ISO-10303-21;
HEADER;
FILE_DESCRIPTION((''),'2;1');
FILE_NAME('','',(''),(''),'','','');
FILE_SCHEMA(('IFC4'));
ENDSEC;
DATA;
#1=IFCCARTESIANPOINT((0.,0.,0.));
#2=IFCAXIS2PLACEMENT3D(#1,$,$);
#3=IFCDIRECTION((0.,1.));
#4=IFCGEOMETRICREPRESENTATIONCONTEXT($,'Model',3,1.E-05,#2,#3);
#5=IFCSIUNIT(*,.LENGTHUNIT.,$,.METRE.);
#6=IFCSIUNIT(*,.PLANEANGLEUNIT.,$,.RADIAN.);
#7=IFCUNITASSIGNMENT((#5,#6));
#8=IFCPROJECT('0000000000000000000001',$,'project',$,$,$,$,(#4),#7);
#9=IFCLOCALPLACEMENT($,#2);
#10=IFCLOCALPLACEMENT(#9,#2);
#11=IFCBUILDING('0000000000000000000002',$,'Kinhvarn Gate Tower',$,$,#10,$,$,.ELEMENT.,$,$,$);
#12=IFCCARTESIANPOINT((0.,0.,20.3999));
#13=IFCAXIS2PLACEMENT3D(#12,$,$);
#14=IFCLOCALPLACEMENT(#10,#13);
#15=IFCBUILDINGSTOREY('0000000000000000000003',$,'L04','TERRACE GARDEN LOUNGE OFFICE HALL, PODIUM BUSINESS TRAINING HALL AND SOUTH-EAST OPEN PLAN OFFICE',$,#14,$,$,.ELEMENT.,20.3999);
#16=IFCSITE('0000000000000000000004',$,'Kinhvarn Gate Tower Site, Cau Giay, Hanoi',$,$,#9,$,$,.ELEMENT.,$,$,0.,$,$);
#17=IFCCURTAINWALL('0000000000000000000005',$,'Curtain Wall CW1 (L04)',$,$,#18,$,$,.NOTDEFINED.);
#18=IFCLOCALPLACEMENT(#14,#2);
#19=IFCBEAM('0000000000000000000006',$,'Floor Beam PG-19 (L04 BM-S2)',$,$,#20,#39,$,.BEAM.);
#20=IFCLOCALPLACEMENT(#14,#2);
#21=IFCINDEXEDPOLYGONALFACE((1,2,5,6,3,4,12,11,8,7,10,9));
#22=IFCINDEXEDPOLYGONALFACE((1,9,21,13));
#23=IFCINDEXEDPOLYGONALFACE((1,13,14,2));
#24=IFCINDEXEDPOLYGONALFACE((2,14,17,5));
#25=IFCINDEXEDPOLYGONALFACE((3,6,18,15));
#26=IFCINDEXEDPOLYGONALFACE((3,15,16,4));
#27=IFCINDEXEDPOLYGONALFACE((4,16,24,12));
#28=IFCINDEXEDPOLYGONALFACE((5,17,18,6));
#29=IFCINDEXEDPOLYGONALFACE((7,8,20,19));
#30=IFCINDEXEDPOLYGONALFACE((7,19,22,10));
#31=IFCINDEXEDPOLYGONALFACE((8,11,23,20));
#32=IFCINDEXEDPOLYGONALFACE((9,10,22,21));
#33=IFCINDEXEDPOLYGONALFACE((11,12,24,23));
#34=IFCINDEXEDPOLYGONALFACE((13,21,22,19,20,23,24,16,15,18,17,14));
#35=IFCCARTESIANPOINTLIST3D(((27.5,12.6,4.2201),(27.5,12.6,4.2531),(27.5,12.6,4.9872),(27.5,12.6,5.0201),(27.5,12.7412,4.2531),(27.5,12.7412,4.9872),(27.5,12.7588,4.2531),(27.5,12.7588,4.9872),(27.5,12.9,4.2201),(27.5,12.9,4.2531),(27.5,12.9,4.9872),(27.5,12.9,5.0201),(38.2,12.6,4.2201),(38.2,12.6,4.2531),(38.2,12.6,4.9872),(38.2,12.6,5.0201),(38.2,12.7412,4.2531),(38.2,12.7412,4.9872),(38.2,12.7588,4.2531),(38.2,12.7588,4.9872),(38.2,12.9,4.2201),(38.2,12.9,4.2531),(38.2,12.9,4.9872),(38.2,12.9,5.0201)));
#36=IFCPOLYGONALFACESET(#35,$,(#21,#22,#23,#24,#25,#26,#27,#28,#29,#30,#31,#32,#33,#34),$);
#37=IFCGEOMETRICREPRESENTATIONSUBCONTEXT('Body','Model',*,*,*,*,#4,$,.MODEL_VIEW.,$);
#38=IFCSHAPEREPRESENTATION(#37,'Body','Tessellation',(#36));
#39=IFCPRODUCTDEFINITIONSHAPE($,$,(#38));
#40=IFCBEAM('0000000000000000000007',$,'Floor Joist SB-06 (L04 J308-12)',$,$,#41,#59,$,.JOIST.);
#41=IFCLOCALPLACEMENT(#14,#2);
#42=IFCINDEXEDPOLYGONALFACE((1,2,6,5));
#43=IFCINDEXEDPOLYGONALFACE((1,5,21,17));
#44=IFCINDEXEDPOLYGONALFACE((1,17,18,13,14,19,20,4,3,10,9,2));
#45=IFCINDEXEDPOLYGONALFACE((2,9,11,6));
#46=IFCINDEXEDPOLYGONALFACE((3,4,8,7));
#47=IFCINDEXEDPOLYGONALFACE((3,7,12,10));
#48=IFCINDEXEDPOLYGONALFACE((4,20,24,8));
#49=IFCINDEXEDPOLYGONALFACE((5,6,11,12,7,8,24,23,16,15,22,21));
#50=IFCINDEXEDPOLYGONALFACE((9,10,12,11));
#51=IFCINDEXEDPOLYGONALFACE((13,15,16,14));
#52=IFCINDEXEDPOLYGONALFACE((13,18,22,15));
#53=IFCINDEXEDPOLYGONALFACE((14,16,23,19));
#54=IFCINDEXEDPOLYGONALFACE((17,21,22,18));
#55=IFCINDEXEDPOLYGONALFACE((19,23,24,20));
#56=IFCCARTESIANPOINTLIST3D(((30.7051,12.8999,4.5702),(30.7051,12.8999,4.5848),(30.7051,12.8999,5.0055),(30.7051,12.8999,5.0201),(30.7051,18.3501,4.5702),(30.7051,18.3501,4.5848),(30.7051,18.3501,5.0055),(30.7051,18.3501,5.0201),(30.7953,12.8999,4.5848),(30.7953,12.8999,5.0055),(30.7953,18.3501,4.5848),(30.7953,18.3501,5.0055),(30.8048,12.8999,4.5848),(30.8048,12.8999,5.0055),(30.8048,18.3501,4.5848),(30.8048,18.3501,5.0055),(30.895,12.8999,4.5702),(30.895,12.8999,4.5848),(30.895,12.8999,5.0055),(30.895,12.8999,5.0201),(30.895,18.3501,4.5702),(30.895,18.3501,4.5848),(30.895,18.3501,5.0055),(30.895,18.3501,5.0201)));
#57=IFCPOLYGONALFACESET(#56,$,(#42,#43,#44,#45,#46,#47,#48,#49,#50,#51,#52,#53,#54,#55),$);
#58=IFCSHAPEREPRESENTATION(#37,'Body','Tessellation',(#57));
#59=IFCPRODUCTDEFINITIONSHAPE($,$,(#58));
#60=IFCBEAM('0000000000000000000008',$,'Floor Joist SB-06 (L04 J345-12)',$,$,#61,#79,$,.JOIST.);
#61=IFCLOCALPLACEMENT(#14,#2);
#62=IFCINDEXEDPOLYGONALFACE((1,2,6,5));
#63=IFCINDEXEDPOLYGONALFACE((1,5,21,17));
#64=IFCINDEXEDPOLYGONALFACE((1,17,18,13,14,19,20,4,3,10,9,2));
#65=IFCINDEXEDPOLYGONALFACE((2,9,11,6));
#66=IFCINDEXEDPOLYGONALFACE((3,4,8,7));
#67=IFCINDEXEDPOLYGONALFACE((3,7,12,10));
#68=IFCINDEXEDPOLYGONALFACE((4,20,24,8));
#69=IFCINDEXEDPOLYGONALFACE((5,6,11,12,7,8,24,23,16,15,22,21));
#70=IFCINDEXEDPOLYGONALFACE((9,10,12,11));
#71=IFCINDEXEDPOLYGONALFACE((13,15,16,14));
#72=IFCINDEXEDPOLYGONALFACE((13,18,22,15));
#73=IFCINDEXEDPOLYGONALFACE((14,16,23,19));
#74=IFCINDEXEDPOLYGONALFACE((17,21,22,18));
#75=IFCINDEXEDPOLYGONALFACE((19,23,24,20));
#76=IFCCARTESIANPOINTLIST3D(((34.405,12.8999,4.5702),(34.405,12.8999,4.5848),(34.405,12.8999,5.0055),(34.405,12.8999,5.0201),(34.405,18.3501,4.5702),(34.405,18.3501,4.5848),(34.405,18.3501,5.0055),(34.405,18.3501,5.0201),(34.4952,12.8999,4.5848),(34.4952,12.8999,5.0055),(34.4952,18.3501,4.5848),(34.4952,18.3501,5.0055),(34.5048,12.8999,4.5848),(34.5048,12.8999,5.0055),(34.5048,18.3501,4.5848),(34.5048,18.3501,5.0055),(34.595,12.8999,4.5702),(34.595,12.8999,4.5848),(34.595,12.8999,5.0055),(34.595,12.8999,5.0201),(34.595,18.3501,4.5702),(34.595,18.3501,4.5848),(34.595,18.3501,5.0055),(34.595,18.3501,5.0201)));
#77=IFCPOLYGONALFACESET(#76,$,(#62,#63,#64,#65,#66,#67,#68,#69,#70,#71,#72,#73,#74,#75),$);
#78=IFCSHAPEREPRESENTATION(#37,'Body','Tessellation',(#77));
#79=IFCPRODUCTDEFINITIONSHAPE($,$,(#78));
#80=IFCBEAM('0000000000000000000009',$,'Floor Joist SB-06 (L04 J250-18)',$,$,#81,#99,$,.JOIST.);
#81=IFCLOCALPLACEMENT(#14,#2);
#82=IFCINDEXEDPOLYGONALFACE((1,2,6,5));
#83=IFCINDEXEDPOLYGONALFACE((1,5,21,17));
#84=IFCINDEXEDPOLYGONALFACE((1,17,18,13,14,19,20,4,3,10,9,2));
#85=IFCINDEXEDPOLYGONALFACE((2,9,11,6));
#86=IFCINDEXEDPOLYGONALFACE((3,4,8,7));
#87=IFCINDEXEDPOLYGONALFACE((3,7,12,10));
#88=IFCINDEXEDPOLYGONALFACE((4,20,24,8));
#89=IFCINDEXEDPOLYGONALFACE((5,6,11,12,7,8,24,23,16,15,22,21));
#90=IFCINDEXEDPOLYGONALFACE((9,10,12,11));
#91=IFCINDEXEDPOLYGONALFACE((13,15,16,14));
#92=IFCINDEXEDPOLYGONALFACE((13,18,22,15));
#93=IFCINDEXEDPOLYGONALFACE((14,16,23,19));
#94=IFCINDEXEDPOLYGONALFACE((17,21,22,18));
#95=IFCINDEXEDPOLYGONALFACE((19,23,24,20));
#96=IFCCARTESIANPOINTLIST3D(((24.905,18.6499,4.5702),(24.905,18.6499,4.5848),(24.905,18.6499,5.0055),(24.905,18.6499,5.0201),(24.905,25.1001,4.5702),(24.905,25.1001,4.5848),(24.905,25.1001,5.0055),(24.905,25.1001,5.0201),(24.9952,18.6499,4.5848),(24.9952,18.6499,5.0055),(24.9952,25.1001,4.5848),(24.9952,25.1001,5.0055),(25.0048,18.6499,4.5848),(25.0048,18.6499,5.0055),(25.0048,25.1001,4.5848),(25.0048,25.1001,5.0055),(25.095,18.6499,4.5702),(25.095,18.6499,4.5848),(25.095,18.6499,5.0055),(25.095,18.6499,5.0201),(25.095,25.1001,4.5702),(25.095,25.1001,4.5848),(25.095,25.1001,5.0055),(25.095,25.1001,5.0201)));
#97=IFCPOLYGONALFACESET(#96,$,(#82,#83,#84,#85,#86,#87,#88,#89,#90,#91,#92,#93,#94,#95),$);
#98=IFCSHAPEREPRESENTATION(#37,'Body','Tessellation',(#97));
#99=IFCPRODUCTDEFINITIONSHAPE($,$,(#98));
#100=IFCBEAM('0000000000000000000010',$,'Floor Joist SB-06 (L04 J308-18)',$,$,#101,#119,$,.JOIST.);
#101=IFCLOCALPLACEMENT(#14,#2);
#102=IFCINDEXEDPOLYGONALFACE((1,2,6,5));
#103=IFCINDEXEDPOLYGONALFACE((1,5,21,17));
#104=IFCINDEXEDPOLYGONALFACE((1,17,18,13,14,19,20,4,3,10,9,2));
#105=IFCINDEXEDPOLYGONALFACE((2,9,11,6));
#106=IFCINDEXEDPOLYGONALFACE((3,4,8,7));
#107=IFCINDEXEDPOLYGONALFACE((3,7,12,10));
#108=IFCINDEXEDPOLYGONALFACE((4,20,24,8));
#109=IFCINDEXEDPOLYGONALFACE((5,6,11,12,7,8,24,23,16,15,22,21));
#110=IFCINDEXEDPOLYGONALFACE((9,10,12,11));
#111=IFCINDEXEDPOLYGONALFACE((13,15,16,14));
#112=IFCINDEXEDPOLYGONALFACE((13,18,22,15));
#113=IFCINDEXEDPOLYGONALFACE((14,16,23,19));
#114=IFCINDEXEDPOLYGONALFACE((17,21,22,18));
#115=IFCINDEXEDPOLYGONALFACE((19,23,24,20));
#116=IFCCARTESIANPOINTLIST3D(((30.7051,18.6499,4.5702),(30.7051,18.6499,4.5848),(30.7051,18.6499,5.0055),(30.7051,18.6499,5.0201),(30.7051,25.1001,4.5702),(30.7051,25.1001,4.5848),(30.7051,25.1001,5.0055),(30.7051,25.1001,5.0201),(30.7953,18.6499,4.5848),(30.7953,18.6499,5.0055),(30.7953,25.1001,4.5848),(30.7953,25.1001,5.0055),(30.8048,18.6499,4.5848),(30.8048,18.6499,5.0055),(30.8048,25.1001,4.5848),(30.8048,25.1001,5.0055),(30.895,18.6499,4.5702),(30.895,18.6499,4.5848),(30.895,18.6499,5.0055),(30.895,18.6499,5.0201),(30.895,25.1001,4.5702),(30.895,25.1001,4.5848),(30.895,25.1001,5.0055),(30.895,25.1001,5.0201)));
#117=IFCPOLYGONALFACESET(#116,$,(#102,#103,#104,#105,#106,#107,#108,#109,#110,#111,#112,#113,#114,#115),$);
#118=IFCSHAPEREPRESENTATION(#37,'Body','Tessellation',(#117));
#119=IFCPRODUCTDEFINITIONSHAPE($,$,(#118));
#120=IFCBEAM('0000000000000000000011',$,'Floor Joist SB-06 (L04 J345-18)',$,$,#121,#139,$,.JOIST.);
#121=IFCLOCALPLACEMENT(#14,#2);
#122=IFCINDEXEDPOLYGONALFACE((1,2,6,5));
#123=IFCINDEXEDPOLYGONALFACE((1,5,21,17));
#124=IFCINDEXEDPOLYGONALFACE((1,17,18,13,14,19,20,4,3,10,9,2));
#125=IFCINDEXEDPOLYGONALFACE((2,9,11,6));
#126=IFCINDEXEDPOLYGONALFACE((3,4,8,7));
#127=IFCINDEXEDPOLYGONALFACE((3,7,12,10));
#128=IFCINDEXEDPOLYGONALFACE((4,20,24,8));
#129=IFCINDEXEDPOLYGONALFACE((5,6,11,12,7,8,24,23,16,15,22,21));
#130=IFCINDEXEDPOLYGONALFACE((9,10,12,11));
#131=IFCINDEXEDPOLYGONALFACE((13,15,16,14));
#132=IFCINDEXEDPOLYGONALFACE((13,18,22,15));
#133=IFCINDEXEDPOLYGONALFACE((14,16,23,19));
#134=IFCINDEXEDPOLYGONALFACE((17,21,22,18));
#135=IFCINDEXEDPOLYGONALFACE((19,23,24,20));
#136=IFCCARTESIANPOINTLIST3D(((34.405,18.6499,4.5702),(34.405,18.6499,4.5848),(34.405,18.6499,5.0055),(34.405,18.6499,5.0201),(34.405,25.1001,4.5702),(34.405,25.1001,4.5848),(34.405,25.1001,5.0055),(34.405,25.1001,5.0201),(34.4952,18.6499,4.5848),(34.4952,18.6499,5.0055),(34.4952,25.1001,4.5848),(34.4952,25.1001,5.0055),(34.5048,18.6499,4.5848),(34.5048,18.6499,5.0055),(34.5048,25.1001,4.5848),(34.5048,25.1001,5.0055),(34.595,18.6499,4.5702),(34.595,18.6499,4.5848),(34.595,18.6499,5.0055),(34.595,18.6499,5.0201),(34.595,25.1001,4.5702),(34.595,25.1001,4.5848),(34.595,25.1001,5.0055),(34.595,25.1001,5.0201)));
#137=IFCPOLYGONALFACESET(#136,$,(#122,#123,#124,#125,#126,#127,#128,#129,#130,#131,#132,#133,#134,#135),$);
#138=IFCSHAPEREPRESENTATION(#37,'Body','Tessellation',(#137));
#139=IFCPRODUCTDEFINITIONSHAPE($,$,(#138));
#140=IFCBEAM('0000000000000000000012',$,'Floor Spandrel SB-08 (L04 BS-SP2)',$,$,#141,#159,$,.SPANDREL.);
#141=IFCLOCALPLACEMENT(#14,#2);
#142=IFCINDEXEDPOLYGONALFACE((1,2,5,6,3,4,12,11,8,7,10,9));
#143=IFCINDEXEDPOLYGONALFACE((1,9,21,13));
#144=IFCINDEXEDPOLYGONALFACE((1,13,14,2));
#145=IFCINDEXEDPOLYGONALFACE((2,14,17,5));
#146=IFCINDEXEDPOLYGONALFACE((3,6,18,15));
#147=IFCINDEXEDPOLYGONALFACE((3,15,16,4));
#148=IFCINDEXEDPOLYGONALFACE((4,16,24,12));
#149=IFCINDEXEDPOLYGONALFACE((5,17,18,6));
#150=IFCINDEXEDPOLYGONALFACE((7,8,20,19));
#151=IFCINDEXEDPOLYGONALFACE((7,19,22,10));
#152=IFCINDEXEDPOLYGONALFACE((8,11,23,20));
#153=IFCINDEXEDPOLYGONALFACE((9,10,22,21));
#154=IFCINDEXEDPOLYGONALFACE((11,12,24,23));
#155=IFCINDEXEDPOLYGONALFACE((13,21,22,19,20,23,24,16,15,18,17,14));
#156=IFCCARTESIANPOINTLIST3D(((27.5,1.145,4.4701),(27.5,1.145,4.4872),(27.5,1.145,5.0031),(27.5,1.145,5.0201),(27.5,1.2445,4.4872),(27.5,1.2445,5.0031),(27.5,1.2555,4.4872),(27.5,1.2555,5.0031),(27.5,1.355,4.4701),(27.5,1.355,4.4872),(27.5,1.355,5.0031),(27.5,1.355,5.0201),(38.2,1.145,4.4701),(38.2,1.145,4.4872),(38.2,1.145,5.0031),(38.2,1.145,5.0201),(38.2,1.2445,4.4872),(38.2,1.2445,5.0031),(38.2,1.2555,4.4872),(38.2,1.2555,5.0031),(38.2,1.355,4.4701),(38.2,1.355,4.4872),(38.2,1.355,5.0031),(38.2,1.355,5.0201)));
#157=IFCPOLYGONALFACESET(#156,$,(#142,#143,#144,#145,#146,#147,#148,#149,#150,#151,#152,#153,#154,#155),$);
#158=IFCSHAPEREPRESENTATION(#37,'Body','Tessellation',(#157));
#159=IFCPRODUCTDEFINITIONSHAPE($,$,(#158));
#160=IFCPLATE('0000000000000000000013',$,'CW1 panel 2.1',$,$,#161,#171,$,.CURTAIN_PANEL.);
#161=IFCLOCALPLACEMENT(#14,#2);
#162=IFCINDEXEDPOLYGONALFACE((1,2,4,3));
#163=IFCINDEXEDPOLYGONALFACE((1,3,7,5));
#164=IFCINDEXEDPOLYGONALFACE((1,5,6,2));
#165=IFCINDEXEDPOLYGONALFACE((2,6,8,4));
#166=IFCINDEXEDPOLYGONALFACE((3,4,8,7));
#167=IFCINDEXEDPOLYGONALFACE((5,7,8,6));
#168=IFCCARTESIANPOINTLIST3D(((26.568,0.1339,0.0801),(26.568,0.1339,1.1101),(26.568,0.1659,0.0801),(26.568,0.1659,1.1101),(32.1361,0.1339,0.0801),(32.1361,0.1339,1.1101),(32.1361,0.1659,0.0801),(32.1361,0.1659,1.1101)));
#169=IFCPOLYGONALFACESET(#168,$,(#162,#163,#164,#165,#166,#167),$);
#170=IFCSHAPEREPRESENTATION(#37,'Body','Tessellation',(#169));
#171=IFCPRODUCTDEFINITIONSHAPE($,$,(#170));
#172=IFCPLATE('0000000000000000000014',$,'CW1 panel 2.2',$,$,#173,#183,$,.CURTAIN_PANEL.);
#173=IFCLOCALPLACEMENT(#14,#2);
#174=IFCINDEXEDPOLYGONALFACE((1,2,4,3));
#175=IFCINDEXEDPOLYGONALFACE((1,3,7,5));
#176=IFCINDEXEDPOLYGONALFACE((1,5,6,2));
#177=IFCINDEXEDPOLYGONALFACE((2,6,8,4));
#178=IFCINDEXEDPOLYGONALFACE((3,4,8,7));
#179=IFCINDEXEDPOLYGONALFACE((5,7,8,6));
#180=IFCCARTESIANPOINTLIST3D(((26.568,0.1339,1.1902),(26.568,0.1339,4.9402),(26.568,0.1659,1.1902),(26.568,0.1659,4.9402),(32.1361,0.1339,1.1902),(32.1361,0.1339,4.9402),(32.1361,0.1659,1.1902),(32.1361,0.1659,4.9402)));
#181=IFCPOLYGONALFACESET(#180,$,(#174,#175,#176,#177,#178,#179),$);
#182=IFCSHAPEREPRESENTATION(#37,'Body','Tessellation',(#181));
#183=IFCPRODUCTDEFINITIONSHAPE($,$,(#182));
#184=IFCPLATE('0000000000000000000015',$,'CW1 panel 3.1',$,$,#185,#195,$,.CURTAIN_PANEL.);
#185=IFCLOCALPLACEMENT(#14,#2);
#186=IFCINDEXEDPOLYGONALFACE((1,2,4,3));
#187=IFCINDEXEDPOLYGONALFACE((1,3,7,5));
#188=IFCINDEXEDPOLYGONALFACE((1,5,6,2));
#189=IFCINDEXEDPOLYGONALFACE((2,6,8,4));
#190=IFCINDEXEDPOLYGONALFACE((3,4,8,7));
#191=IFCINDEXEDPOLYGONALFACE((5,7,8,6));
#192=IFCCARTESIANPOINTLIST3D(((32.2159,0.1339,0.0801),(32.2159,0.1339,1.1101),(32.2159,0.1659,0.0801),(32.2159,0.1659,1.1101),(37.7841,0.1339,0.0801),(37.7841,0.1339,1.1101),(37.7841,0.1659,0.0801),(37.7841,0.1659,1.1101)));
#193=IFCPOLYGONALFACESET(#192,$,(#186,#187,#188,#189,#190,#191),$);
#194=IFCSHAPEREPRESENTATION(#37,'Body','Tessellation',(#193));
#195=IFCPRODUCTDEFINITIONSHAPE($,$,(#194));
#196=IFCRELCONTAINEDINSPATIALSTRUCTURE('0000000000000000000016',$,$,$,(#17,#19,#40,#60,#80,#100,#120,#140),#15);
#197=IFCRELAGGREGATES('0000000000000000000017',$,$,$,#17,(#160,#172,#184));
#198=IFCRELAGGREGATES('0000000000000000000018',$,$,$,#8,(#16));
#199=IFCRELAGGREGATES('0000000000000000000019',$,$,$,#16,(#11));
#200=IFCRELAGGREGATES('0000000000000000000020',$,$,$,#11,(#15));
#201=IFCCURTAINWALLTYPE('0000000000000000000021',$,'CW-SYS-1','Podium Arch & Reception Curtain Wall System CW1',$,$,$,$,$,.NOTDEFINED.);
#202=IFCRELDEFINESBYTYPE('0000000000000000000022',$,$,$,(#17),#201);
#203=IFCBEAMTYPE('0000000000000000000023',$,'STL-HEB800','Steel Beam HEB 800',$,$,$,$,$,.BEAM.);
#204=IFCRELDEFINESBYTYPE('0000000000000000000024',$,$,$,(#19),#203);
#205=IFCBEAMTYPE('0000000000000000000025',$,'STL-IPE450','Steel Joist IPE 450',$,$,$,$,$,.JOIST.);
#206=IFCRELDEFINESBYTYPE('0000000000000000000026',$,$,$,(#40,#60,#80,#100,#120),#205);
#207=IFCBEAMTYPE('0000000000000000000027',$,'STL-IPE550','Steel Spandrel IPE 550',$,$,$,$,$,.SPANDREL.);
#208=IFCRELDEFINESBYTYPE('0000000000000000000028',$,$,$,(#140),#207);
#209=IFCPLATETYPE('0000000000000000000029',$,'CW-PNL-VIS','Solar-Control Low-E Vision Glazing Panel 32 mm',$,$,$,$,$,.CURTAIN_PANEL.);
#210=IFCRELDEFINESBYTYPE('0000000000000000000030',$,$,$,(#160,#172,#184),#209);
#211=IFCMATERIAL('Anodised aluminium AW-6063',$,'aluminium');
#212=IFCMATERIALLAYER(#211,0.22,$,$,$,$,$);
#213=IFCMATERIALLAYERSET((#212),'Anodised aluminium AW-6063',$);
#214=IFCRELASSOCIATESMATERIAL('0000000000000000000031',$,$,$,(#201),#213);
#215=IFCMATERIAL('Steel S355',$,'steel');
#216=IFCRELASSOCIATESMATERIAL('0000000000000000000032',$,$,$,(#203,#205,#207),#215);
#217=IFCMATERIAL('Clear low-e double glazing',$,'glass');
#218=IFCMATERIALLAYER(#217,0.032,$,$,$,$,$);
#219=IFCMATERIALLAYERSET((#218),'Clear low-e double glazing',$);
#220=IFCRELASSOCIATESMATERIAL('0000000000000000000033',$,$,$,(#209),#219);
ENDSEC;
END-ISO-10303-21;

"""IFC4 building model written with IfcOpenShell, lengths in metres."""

from ifc_helpers import new_model, si_unit, direction, frame, origin, origin_2d, place, context, subcontext, project, spatial, rectangle, i_section, extrude, material, layer, layer_set, material_profile, profile_set, type_object, element, aggregate, save


model = new_model("IFC4")

# Units and contexts
model_context = context("Model", 3, precision=1e-05, world=origin(), true_north=direction((0.0, 1.0)))
body_context = subcontext(model_context, "Body", "Model", "MODEL_VIEW")
ifc_project = project(units=[si_unit("LENGTHUNIT", "METRE"), si_unit("PLANEANGLEUNIT", "RADIAN")], contexts=[model_context])

# Site, building, storey
site_placement = place(None, origin())
site = spatial("IfcSite", under=ifc_project, at=site_placement, Name="Kinhvarn Gate Tower Site, Cau Giay, Hanoi", CompositionType="ELEMENT", RefElevation=0.0)
building_placement = place(site_placement, origin())
building = spatial("IfcBuilding", under=site, at=building_placement, Name="Kinhvarn Gate Tower", CompositionType="ELEMENT")
storey_placement = place(building_placement, frame((0.0, 0.0, 20.3999)))
storey = spatial("IfcBuildingStorey", under=building, at=storey_placement, Name="L04", Description="TERRACE GARDEN LOUNGE OFFICE HALL, PODIUM BUSINESS TRAINING HALL AND SOUTH-EAST OPEN PLAN OFFICE", CompositionType="ELEMENT", Elevation=20.3999)

# Curtain wall
ifc_material_1 = material(Name="Anodised aluminium AW-6063", Category="aluminium")
ifc_layer_1 = layer(ifc_material_1, 0.22)
ifc_layer_set_1 = layer_set([ifc_layer_1], Name="Anodised aluminium AW-6063")
curtain_wall_type = type_object("IfcCurtainWallType", Name="CW-SYS-1", Description="Podium Arch & Reception Curtain Wall System CW1", PredefinedType="NOTDEFINED", material=ifc_layer_set_1)
curtain_wall_placement = place(storey_placement, origin())
curtain_wall = element("IfcCurtainWall", 1, at=curtain_wall_placement, inside=storey, type_object=curtain_wall_type, Name="Curtain Wall CW1 (L04)", PredefinedType="NOTDEFINED")

# Beams
ifc_material_2 = material(Name="Steel S355", Category="steel")
ifc_material_profile_1 = material_profile(ifc_material_2, i_section(OverallWidth=0.3, OverallDepth=0.8, WebThickness=0.0176, FlangeThickness=0.033, at=origin_2d()), Name="HEB 800")
ifc_profile_set_1 = profile_set([ifc_material_profile_1], Name="Steel S355")
beam_type_1 = type_object("IfcBeamType", Name="STL-HEB800", Description="Steel Beam HEB 800", PredefinedType="BEAM", material=ifc_profile_set_1)
beam_1_placement = place(storey_placement, frame((27.5, 12.75, 4.6201), z_axis=(1.0, 0.0, 0.0), x_axis=(0.0, 1.0, 0.0)))
element("IfcBeam", 2, at=beam_1_placement, inside=storey, type_object=beam_type_1, Name="Floor Beam PG-19 (L04 BM-S2)", PredefinedType="BEAM", context=body_context, shape_type="SweptSolid", body=[
    extrude(i_section(OverallWidth=0.3, OverallDepth=0.8, WebThickness=0.0176, FlangeThickness=0.033, at=origin_2d()), origin(), (0.0, 0.0, 1.0), 10.7),
])
ifc_material_profile_2 = material_profile(ifc_material_2, i_section(OverallWidth=0.1899, OverallDepth=0.45, WebThickness=0.0095, FlangeThickness=0.0146, at=origin_2d()), Name="IPE 450")
ifc_profile_set_2 = profile_set([ifc_material_profile_2], Name="Steel S355")
beam_type_2 = type_object("IfcBeamType", Name="STL-IPE450", Description="Steel Joist IPE 450", PredefinedType="JOIST", material=ifc_profile_set_2)
for number, where, z_axis, x_axis, name in (
    (3, (30.8, 12.8999, 4.7952), (0.0, 1.0, 0.0), (-1.0, 0.0, 0.0), "Floor Joist SB-06 (L04 J308-12)"),
    (4, (34.5, 12.8999, 4.7952), (0.0, 1.0, 0.0), (-1.0, 0.0, 0.0), "Floor Joist SB-06 (L04 J345-12)"),
):
    element("IfcBeam", number, at=place(storey_placement, frame(where, z_axis=z_axis, x_axis=x_axis)), inside=storey, type_object=beam_type_2, Name=name, PredefinedType="JOIST", context=body_context, shape_type="SweptSolid", body=[
        extrude(i_section(OverallWidth=0.1899, OverallDepth=0.45, WebThickness=0.0095, FlangeThickness=0.0146, at=origin_2d()), origin(), (0.0, 0.0, 1.0), 5.4502),
    ])
for number, where, z_axis, x_axis, name in (
    (5, (25.0, 18.6499, 4.7952), (0.0, 1.0, 0.0), (-1.0, 0.0, 0.0), "Floor Joist SB-06 (L04 J250-18)"),
    (6, (30.8, 18.6499, 4.7952), (0.0, 1.0, 0.0), (-1.0, 0.0, 0.0), "Floor Joist SB-06 (L04 J308-18)"),
    (7, (34.5, 18.6499, 4.7952), (0.0, 1.0, 0.0), (-1.0, 0.0, 0.0), "Floor Joist SB-06 (L04 J345-18)"),
):
    element("IfcBeam", number, at=place(storey_placement, frame(where, z_axis=z_axis, x_axis=x_axis)), inside=storey, type_object=beam_type_2, Name=name, PredefinedType="JOIST", context=body_context, shape_type="SweptSolid", body=[
        extrude(i_section(OverallWidth=0.1899, OverallDepth=0.45, WebThickness=0.0095, FlangeThickness=0.0146, at=origin_2d()), origin(), (0.0, 0.0, 1.0), 6.4502),
    ])
ifc_material_profile_3 = material_profile(ifc_material_2, i_section(OverallWidth=0.21, OverallDepth=0.55, WebThickness=0.011, FlangeThickness=0.0171, at=origin_2d()), Name="IPE 550")
ifc_profile_set_3 = profile_set([ifc_material_profile_3], Name="Steel S355")
beam_type_3 = type_object("IfcBeamType", Name="STL-IPE550", Description="Steel Spandrel IPE 550", PredefinedType="SPANDREL", material=ifc_profile_set_3)
beam_2_placement = place(storey_placement, frame((27.5, 1.25, 4.7451), z_axis=(1.0, 0.0, 0.0), x_axis=(0.0, 1.0, 0.0)))
element("IfcBeam", 8, at=beam_2_placement, inside=storey, type_object=beam_type_3, Name="Floor Spandrel SB-08 (L04 BS-SP2)", PredefinedType="SPANDREL", context=body_context, shape_type="SweptSolid", body=[
    extrude(i_section(OverallWidth=0.21, OverallDepth=0.55, WebThickness=0.011, FlangeThickness=0.0171, at=origin_2d()), origin(), (0.0, 0.0, 1.0), 10.7),
])

# Plates
ifc_material_3 = material(Name="Clear low-e double glazing", Category="glass")
ifc_layer_2 = layer(ifc_material_3, 0.032)
ifc_layer_set_2 = layer_set([ifc_layer_2], Name="Clear low-e double glazing")
plate_type = type_object("IfcPlateType", Name="CW-PNL-VIS", Description="Solar-Control Low-E Vision Glazing Panel 32 mm", PredefinedType="CURTAIN_PANEL", material=ifc_layer_set_2)
plate_1_placement = place(storey_placement, frame((29.3521, 0.1499, 0.0801), z_axis=(0.0, 0.0, 1.0), x_axis=(1.0, 0.0, 0.0)))
plate_1 = element("IfcPlate", 9, at=plate_1_placement, type_object=plate_type, Name="CW1 panel 2.1", PredefinedType="CURTAIN_PANEL", context=body_context, shape_type="SweptSolid", body=[
    extrude(rectangle(XDim=5.5681, YDim=0.032, at=origin_2d()), origin(), (0.0, 0.0, 1.0), 1.03),
])
plate_2_placement = place(storey_placement, frame((29.3521, 0.1499, 1.1902), z_axis=(0.0, 0.0, 1.0), x_axis=(1.0, 0.0, 0.0)))
plate_2 = element("IfcPlate", 10, at=plate_2_placement, type_object=plate_type, Name="CW1 panel 2.2", PredefinedType="CURTAIN_PANEL", context=body_context, shape_type="SweptSolid", body=[
    extrude(rectangle(XDim=5.5681, YDim=0.032, at=origin_2d()), origin(), (0.0, 0.0, 1.0), 3.75),
])
plate_3_placement = place(storey_placement, frame((35.0, 0.1499, 0.0801), z_axis=(0.0, 0.0, 1.0), x_axis=(1.0, 0.0, 0.0)))
plate_3 = element("IfcPlate", 11, at=plate_3_placement, type_object=plate_type, Name="CW1 panel 3.1", PredefinedType="CURTAIN_PANEL", context=body_context, shape_type="SweptSolid", body=[
    extrude(rectangle(XDim=5.5681, YDim=0.032, at=origin_2d()), origin(), (0.0, 0.0, 1.0), 1.03),
])
aggregate(curtain_wall, [plate_1, plate_2, plate_3])

save(model, "model.ifc")
